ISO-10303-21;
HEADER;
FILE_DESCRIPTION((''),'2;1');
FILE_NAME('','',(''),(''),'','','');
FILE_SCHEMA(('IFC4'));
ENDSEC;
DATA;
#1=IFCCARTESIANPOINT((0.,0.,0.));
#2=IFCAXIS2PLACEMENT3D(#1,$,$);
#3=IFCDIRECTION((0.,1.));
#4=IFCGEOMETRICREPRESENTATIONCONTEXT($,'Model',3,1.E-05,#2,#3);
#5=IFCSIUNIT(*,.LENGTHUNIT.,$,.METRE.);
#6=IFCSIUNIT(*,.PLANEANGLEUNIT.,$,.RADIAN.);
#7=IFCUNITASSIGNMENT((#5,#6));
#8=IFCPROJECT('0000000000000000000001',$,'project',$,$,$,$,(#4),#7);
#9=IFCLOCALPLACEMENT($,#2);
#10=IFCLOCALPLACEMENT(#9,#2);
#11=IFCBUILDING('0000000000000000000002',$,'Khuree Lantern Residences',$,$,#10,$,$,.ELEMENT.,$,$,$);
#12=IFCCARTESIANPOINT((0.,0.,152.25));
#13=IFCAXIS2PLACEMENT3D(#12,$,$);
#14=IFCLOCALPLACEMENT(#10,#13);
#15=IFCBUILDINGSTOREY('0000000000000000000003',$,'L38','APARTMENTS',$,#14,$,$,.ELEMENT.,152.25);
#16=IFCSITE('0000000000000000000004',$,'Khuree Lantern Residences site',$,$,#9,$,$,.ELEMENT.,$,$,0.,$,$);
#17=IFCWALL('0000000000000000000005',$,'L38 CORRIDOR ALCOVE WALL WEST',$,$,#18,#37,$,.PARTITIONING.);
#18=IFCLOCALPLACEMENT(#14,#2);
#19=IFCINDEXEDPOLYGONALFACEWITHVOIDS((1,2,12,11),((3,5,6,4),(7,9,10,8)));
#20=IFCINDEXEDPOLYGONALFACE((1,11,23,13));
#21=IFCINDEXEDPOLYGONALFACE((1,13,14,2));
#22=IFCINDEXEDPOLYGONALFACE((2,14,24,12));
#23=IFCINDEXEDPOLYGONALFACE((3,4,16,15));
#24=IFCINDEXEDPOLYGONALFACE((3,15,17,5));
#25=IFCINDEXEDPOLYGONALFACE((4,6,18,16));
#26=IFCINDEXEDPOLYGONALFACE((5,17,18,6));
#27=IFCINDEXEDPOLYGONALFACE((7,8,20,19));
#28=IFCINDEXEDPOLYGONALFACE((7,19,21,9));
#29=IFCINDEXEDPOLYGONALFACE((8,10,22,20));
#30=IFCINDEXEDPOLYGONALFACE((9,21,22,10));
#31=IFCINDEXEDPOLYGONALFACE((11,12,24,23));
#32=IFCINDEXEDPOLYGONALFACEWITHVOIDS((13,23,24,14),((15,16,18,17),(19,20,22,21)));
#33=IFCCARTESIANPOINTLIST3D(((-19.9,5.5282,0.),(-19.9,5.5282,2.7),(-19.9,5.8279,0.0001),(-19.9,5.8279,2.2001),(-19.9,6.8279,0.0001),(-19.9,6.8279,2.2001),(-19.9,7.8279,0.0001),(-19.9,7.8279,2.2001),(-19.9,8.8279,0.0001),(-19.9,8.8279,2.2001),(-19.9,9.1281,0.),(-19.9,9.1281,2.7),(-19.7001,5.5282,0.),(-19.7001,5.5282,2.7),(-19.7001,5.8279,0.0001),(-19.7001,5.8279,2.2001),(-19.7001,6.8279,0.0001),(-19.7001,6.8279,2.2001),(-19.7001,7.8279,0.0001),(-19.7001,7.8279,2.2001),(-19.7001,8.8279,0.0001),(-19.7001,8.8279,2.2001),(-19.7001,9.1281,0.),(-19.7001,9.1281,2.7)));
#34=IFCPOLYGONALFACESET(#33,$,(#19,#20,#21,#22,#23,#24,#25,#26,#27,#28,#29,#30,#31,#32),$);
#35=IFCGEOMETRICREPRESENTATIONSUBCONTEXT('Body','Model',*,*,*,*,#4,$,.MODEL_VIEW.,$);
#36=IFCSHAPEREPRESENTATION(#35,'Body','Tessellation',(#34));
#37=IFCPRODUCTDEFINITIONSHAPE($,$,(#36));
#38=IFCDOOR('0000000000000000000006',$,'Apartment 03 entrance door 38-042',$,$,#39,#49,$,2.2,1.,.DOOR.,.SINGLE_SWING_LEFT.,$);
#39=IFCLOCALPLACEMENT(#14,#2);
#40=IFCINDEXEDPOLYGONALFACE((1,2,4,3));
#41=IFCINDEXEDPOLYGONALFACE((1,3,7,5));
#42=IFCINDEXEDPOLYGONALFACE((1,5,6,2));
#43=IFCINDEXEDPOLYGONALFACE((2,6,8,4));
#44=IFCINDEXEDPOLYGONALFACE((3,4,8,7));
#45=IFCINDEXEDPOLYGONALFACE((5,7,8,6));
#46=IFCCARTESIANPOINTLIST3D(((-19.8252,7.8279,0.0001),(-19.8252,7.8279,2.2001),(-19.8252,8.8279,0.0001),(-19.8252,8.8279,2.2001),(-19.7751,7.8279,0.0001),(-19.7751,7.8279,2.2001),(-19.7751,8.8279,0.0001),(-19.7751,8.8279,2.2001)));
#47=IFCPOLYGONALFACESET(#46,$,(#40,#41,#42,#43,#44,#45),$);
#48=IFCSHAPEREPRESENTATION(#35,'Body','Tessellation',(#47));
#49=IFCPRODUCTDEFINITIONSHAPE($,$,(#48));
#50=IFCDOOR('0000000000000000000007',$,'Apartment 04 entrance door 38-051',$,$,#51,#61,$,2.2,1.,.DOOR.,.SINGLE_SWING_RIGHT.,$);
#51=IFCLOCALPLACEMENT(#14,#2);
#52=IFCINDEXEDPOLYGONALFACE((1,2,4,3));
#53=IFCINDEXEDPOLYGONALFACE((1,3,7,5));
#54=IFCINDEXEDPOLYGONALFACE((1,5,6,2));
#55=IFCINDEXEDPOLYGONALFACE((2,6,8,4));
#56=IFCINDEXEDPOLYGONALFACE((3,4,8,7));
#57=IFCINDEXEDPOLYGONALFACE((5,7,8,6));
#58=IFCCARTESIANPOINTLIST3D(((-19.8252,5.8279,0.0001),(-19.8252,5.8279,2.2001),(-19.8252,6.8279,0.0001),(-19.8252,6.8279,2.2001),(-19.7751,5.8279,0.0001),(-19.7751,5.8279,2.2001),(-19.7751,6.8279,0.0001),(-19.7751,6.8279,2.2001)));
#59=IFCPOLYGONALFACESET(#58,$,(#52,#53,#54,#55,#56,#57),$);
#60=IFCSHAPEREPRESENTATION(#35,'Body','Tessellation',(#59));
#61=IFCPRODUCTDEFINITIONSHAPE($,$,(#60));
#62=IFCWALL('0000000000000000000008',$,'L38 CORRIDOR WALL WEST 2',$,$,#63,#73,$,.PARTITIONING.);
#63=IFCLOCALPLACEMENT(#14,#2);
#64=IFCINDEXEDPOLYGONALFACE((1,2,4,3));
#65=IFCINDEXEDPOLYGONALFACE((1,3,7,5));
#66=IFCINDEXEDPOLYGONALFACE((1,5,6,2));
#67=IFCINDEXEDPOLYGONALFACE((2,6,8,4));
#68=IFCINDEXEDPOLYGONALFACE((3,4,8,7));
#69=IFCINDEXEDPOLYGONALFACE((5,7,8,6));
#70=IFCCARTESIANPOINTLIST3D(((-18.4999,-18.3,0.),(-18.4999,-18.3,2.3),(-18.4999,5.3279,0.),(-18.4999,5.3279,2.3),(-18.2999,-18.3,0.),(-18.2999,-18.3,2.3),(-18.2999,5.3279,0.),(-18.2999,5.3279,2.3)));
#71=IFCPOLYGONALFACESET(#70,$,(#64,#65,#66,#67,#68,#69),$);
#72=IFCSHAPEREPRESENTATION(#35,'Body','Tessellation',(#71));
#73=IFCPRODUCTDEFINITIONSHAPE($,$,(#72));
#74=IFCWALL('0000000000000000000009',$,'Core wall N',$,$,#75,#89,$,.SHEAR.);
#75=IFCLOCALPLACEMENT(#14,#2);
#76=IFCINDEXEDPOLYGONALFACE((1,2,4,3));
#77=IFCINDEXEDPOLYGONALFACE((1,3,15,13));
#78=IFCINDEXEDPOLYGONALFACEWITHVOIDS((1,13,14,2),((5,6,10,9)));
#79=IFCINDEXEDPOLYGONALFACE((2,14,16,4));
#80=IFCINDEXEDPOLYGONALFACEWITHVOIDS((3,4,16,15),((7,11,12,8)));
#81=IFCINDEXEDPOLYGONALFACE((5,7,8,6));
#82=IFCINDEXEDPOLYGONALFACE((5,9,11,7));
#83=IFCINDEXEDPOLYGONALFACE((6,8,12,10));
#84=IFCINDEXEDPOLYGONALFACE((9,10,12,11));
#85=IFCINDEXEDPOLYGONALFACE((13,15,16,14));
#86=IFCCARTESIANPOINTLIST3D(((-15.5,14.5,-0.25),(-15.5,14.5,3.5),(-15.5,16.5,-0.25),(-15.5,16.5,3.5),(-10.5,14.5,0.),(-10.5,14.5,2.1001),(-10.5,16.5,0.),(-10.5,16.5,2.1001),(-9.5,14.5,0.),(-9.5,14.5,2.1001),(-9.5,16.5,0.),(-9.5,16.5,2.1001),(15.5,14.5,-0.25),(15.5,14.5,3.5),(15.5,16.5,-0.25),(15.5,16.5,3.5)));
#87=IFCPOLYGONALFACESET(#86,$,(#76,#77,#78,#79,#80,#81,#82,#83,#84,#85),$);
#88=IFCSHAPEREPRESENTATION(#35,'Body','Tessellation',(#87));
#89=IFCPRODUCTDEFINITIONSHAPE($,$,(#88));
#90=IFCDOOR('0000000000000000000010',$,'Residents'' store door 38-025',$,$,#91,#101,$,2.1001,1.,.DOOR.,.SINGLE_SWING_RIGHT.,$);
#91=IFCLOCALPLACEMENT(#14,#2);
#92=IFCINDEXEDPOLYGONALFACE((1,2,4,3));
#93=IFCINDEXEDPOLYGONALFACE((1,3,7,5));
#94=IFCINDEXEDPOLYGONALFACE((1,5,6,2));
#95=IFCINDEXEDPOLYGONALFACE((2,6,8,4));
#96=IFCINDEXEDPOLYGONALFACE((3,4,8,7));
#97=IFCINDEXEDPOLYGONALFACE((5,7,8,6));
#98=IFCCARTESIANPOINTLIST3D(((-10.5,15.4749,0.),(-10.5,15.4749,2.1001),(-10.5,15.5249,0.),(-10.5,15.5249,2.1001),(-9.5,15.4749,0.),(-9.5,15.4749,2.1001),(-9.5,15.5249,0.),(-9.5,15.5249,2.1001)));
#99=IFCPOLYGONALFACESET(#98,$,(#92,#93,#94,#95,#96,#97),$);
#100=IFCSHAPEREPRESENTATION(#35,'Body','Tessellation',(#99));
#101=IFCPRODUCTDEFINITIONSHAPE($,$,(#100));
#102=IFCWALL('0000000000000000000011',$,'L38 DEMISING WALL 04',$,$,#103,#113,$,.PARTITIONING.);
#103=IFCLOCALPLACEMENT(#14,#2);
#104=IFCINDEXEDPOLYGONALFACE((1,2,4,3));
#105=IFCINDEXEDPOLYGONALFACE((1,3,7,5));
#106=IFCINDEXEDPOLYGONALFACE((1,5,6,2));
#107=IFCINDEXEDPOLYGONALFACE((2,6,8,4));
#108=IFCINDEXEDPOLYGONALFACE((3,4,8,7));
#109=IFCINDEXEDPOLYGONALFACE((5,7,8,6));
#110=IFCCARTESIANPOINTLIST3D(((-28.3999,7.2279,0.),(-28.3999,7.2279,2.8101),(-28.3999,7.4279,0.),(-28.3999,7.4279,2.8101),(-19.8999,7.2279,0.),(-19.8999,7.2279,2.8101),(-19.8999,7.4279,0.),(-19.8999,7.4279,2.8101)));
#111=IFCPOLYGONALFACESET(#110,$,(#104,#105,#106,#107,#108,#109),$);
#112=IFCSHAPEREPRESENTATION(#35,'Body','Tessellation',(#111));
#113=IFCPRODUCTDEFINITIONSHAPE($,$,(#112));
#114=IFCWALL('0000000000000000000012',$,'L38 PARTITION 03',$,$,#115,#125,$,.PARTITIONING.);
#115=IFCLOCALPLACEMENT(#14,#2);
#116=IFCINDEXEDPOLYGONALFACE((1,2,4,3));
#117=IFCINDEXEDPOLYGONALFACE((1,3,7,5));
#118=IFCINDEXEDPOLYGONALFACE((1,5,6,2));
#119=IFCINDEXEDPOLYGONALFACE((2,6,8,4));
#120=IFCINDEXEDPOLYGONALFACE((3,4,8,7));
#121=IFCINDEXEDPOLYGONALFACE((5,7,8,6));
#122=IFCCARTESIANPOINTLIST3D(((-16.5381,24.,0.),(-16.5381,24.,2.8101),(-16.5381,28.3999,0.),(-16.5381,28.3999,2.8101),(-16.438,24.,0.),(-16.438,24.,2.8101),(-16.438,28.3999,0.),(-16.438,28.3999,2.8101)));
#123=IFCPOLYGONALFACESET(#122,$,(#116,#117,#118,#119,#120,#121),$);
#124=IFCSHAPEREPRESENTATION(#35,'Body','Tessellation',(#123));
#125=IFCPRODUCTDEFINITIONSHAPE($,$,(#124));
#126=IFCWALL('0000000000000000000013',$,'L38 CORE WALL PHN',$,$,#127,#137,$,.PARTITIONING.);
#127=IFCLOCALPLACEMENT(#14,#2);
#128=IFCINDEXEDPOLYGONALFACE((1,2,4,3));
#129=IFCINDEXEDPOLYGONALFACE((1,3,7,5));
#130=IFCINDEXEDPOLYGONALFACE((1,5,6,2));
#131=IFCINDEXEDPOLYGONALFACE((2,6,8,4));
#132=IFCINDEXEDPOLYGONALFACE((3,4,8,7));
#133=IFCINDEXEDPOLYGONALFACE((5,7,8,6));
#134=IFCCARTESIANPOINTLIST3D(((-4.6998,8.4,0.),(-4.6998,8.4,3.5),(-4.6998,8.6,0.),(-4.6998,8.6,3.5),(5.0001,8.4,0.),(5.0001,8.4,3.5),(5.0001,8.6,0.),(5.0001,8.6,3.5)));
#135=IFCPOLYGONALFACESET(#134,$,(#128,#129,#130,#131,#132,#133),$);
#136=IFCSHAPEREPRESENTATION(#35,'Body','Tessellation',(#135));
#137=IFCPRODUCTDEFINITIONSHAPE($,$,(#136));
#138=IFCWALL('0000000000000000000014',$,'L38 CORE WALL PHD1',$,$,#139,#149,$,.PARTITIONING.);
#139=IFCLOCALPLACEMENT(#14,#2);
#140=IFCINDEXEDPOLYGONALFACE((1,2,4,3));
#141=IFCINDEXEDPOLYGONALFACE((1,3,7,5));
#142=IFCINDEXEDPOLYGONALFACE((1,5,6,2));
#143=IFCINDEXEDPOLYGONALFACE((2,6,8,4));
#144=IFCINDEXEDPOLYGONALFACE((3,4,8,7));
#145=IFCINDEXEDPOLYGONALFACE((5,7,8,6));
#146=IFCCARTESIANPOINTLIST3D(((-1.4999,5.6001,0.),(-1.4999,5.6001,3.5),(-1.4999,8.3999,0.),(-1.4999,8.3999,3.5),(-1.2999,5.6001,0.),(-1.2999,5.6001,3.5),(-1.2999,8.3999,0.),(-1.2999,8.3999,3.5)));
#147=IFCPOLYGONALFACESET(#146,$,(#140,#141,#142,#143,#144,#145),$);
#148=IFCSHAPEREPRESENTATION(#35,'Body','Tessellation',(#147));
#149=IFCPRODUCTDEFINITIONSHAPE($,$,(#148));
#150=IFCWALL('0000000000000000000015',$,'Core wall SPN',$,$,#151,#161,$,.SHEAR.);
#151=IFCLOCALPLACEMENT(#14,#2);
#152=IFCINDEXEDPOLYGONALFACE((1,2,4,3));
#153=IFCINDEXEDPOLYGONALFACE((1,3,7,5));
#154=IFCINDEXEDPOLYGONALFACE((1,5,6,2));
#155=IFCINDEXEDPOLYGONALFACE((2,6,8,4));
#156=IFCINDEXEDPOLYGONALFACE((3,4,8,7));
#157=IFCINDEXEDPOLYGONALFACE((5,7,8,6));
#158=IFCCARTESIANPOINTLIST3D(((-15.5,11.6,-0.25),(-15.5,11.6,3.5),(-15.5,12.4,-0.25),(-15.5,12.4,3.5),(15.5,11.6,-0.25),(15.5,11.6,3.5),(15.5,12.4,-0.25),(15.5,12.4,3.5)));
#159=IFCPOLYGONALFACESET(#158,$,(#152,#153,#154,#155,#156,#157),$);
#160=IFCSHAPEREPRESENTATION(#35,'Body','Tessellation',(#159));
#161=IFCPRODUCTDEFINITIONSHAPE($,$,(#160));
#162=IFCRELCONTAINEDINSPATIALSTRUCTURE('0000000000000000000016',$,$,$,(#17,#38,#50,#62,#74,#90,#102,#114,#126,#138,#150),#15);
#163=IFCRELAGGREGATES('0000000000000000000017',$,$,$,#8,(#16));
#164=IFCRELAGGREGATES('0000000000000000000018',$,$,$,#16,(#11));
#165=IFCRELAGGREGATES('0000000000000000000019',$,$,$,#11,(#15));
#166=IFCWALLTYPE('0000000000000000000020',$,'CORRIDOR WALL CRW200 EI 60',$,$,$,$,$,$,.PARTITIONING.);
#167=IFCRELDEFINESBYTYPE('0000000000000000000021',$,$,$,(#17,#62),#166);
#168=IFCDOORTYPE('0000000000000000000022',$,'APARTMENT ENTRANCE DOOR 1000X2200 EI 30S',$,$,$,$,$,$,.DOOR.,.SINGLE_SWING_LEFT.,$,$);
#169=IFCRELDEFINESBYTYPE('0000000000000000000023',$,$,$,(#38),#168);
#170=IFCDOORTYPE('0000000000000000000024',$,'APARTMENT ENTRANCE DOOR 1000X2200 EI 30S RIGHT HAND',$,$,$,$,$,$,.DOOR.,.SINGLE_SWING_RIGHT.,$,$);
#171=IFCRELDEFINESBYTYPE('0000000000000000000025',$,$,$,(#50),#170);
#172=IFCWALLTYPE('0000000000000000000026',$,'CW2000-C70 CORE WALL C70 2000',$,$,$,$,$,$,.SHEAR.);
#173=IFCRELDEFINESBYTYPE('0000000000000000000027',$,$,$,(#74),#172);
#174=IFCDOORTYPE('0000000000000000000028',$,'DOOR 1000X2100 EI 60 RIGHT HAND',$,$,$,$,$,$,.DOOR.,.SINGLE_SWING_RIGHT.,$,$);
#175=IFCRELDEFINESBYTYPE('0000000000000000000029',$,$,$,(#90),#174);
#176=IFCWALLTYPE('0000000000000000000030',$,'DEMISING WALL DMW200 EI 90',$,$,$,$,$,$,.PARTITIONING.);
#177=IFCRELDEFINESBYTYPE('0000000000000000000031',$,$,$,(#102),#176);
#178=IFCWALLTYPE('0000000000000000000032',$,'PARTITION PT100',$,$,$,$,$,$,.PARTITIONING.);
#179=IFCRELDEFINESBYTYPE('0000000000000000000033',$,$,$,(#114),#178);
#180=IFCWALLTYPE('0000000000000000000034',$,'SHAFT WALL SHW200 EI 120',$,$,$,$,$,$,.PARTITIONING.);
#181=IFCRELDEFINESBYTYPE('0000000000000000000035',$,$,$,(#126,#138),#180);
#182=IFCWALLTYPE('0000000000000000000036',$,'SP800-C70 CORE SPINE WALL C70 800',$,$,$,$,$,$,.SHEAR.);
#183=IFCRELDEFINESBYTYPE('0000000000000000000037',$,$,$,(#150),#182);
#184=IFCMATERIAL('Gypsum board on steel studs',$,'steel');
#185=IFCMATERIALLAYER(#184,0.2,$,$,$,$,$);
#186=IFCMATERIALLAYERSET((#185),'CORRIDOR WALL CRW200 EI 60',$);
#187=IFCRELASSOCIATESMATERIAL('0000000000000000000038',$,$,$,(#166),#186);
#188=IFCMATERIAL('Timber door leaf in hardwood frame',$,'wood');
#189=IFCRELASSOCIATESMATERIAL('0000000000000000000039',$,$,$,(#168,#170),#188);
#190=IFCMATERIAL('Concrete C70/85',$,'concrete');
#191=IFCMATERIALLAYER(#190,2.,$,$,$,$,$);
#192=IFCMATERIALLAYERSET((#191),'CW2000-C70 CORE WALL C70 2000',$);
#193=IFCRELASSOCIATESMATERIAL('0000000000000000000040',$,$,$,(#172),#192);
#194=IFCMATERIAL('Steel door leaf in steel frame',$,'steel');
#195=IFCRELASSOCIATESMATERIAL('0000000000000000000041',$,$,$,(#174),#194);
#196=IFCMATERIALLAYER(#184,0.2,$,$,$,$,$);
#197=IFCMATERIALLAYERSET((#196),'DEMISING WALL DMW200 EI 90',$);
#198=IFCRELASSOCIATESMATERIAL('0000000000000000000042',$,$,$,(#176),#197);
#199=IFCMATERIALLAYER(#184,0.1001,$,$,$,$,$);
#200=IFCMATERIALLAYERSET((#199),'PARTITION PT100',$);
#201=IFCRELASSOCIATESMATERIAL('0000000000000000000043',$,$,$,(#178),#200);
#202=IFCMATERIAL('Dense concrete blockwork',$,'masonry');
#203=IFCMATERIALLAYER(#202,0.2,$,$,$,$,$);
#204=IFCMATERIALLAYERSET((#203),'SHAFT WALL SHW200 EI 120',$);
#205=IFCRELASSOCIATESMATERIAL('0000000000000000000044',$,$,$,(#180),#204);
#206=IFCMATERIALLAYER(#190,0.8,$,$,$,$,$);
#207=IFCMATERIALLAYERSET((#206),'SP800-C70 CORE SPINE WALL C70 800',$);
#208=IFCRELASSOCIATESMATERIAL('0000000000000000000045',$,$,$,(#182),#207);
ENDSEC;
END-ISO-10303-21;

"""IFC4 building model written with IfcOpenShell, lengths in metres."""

from ifc_helpers import new_model, si_unit, direction, frame, frame_2d, origin, place, context, subcontext, project, spatial, rectangle, extrude, material, layer, layer_set, type_object, element, fill, save


model = new_model("IFC4")

# Units and contexts
model_context = context("Model", 3, precision=1e-05, world=origin(), true_north=direction((0.0, 1.0)))
body_context = subcontext(model_context, "Body", "Model", "MODEL_VIEW")
ifc_project = project(units=[si_unit("LENGTHUNIT", "METRE"), si_unit("PLANEANGLEUNIT", "RADIAN")], contexts=[model_context])

# Site, building, storey
site_placement = place(None, origin())
site = spatial("IfcSite", under=ifc_project, at=site_placement, Name="Khuree Lantern Residences site", CompositionType="ELEMENT", RefElevation=0.0)
building_placement = place(site_placement, origin())
building = spatial("IfcBuilding", under=site, at=building_placement, Name="Khuree Lantern Residences", CompositionType="ELEMENT")
storey_placement = place(building_placement, frame((0.0, 0.0, 152.25)))
storey = spatial("IfcBuildingStorey", under=building, at=storey_placement, Name="L38", Description="APARTMENTS", CompositionType="ELEMENT", Elevation=152.25)

# Shared definitions
ifc_material_1 = material(Name="Concrete C70/85", Category="concrete")

# Shared definitions
ifc_material_2 = material(Name="Dense concrete blockwork", Category="masonry")

# Shared definitions
ifc_material_3 = material(Name="Steel door leaf in steel frame", Category="steel")
ifc_material_4 = material(Name="Timber door leaf in hardwood frame", Category="wood")

# Shared definitions
ifc_material_5 = material(Name="Gypsum board on steel studs", Category="steel")
ifc_layer_1 = layer(ifc_material_5, 0.2)
ifc_layer_set_1 = layer_set([ifc_layer_1], Name="CORRIDOR WALL CRW200 EI 60")
wall_type_1 = type_object("IfcWallType", Name="CORRIDOR WALL CRW200 EI 60", PredefinedType="PARTITIONING", material=ifc_layer_set_1)

# Wall, openings, doors
wall_1_placement = place(storey_placement, frame((-19.8, 9.1279, 0.0), z_axis=(0.0, 0.0, 1.0), x_axis=(0.0, -1.0, 0.0)))
wall_1 = element("IfcWall", 1, at=wall_1_placement, inside=storey, type_object=wall_type_1, Name="L38 CORRIDOR ALCOVE WALL WEST", PredefinedType="PARTITIONING", context=body_context, shape_type="SweptSolid", body=[
    extrude(rectangle(XDim=3.5999, YDim=0.2, at=frame_2d((1.7998, 0.0))), origin(), (0.0, 0.0, 1.0), 2.7),
])
opening_1_placement = place(wall_1_placement, frame((0.3, 0.0, 0.0)))
opening_1 = element("IfcOpeningElement", 2, at=opening_1_placement, cuts=wall_1, PredefinedType="OPENING", context=body_context, shape_type="SweptSolid", body=[
    extrude(rectangle(XDim=1.0, YDim=2.2, at=frame_2d((0.5, 1.1001))), frame((0.0, 0.1099, 0.0), z_axis=(0.0, -1.0, 0.0), x_axis=(1.0, 0.0, 0.0)), (0.0, 0.0, 1.0), 0.22),
])
opening_2_placement = place(wall_1_placement, frame((2.3, 0.0, 0.0)))
opening_2 = element("IfcOpeningElement", 3, at=opening_2_placement, cuts=wall_1, PredefinedType="OPENING", context=body_context, shape_type="SweptSolid", body=[
    extrude(rectangle(XDim=1.0, YDim=2.2, at=frame_2d((0.5, 1.1001))), frame((0.0, 0.1099, 0.0), z_axis=(0.0, -1.0, 0.0), x_axis=(1.0, 0.0, 0.0)), (0.0, 0.0, 1.0), 0.22),
])
door_type_1 = type_object("IfcDoorType", Name="APARTMENT ENTRANCE DOOR 1000X2200 EI 30S", OperationType="SINGLE_SWING_LEFT", PredefinedType="DOOR", material=ifc_material_4)
door_1_placement = place(opening_1_placement, origin())
door_1 = element("IfcDoor", 4, at=door_1_placement, inside=storey, type_object=door_type_1, Name="Apartment 03 entrance door 38-042", OperationType="SINGLE_SWING_LEFT", OverallHeight=2.2, OverallWidth=1.0, PredefinedType="DOOR", context=body_context, shape_type="SweptSolid", body=[
    extrude(rectangle(XDim=1.0, YDim=2.2, at=frame_2d((0.5, 1.1001))), frame((0.0, 0.0249, 0.0), z_axis=(0.0, -1.0, 0.0), x_axis=(1.0, 0.0, 0.0)), (0.0, 0.0, 1.0), 0.05),
])
fill(opening_1, door_1)
door_type_2 = type_object("IfcDoorType", Name="APARTMENT ENTRANCE DOOR 1000X2200 EI 30S RIGHT HAND", OperationType="SINGLE_SWING_RIGHT", PredefinedType="DOOR", material=ifc_material_4)
door_2_placement = place(opening_2_placement, origin())
door_2 = element("IfcDoor", 5, at=door_2_placement, inside=storey, type_object=door_type_2, Name="Apartment 04 entrance door 38-051", OperationType="SINGLE_SWING_RIGHT", OverallHeight=2.2, OverallWidth=1.0, PredefinedType="DOOR", context=body_context, shape_type="SweptSolid", body=[
    extrude(rectangle(XDim=1.0, YDim=2.2, at=frame_2d((0.5, 1.1001))), frame((0.0, 0.0249, 0.0), z_axis=(0.0, -1.0, 0.0), x_axis=(1.0, 0.0, 0.0)), (0.0, 0.0, 1.0), 0.05),
])
fill(opening_2, door_2)

# Wall
wall_2_placement = place(storey_placement, frame((-18.3999, 5.3279, 0.0), z_axis=(0.0, 0.0, 1.0), x_axis=(0.0, -1.0, 0.0)))
element("IfcWall", 6, at=wall_2_placement, inside=storey, type_object=wall_type_1, Name="L38 CORRIDOR WALL WEST 2", PredefinedType="PARTITIONING", context=body_context, shape_type="SweptSolid", body=[
    extrude(rectangle(XDim=23.6279, YDim=0.2, at=frame_2d((11.814, 0.0))), origin(), (0.0, 0.0, 1.0), 2.3),
])

# Wall, opening, door
ifc_layer_2 = layer(ifc_material_1, 2.0)
ifc_layer_set_2 = layer_set([ifc_layer_2], Name="CW2000-C70 CORE WALL C70 2000")
wall_type_2 = type_object("IfcWallType", Name="CW2000-C70 CORE WALL C70 2000", PredefinedType="SHEAR", material=ifc_layer_set_2)
wall_3_placement = place(storey_placement, frame((-15.5, 15.5, -0.25), z_axis=(0.0, 0.0, 1.0), x_axis=(1.0, 0.0, 0.0)))
wall_3 = element("IfcWall", 7, at=wall_3_placement, inside=storey, type_object=wall_type_2, Name="Core wall N", PredefinedType="SHEAR", context=body_context, shape_type="SweptSolid", body=[
    extrude(rectangle(XDim=31.0, YDim=2.0, at=frame_2d((15.5, 0.0))), origin(), (0.0, 0.0, 1.0), 3.75),
])
opening_3_placement = place(wall_3_placement, frame((5.0, 0.0, 0.25)))
opening_3 = element("IfcOpeningElement", 8, at=opening_3_placement, cuts=wall_3, PredefinedType="OPENING", context=body_context, shape_type="SweptSolid", body=[
    extrude(rectangle(XDim=1.0, YDim=2.1001, at=frame_2d((0.5, 1.05))), frame((0.0, 1.01, 0.0), z_axis=(0.0, -1.0, 0.0), x_axis=(1.0, 0.0, 0.0)), (0.0, 0.0, 1.0), 2.02),
])
door_type_3 = type_object("IfcDoorType", Name="DOOR 1000X2100 EI 60 RIGHT HAND", OperationType="SINGLE_SWING_RIGHT", PredefinedType="DOOR", material=ifc_material_3)
door_3_placement = place(opening_3_placement, origin())
door_3 = element("IfcDoor", 9, at=door_3_placement, inside=storey, type_object=door_type_3, Name="Residents' store door 38-025", OperationType="SINGLE_SWING_RIGHT", OverallHeight=2.1001, OverallWidth=1.0, PredefinedType="DOOR", context=body_context, shape_type="SweptSolid", body=[
    extrude(rectangle(XDim=1.0, YDim=2.1001, at=frame_2d((0.5, 1.05))), frame((0.0, 0.0249, 0.0), z_axis=(0.0, -1.0, 0.0), x_axis=(1.0, 0.0, 0.0)), (0.0, 0.0, 1.0), 0.05),
])
fill(opening_3, door_3)

# Walls
ifc_layer_3 = layer(ifc_material_5, 0.2)
ifc_layer_set_3 = layer_set([ifc_layer_3], Name="DEMISING WALL DMW200 EI 90")
wall_type_3 = type_object("IfcWallType", Name="DEMISING WALL DMW200 EI 90", PredefinedType="PARTITIONING", material=ifc_layer_set_3)
wall_4_placement = place(storey_placement, frame((-19.8999, 7.3279, 0.0), z_axis=(0.0, 0.0, 1.0), x_axis=(-1.0, 0.0, 0.0)))
element("IfcWall", 10, at=wall_4_placement, inside=storey, type_object=wall_type_3, Name="L38 DEMISING WALL 04", PredefinedType="PARTITIONING", context=body_context, shape_type="SweptSolid", body=[
    extrude(rectangle(XDim=8.5, YDim=0.2, at=frame_2d((4.25, 0.0))), origin(), (0.0, 0.0, 1.0), 2.8101),
])
ifc_layer_4 = layer(ifc_material_5, 0.1001)
ifc_layer_set_4 = layer_set([ifc_layer_4], Name="PARTITION PT100")
wall_type_4 = type_object("IfcWallType", Name="PARTITION PT100", PredefinedType="PARTITIONING", material=ifc_layer_set_4)
wall_5_placement = place(storey_placement, frame((-16.488, 24.0, 0.0), z_axis=(0.0, 0.0, 1.0), x_axis=(0.0, 1.0, 0.0)))
element("IfcWall", 11, at=wall_5_placement, inside=storey, type_object=wall_type_4, Name="L38 PARTITION 03", PredefinedType="PARTITIONING", context=body_context, shape_type="SweptSolid", body=[
    extrude(rectangle(XDim=4.3999, YDim=0.1001, at=frame_2d((2.2, 0.0))), origin(), (0.0, 0.0, 1.0), 2.8101),
])
ifc_layer_5 = layer(ifc_material_2, 0.2)
ifc_layer_set_5 = layer_set([ifc_layer_5], Name="SHAFT WALL SHW200 EI 120")
wall_type_5 = type_object("IfcWallType", Name="SHAFT WALL SHW200 EI 120", PredefinedType="PARTITIONING", material=ifc_layer_set_5)
wall_6_placement = place(storey_placement, frame((-4.7, 8.5, 0.0), z_axis=(0.0, 0.0, 1.0), x_axis=(1.0, 0.0, 0.0)))
element("IfcWall", 12, at=wall_6_placement, inside=storey, type_object=wall_type_5, Name="L38 CORE WALL PHN", PredefinedType="PARTITIONING", context=body_context, shape_type="SweptSolid", body=[
    extrude(rectangle(XDim=9.7, YDim=0.2, at=frame_2d((4.8501, 0.0))), origin(), (0.0, 0.0, 1.0), 3.5),
])
wall_7_placement = place(storey_placement, frame((-1.3999, 5.6001, 0.0), z_axis=(0.0, 0.0, 1.0), x_axis=(0.0, 1.0, 0.0)))
element("IfcWall", 13, at=wall_7_placement, inside=storey, type_object=wall_type_5, Name="L38 CORE WALL PHD1", PredefinedType="PARTITIONING", context=body_context, shape_type="SweptSolid", body=[
    extrude(rectangle(XDim=2.7998, YDim=0.2, at=frame_2d((1.3999, 0.0))), origin(), (0.0, 0.0, 1.0), 3.5),
])
ifc_layer_6 = layer(ifc_material_1, 0.8)
ifc_layer_set_6 = layer_set([ifc_layer_6], Name="SP800-C70 CORE SPINE WALL C70 800")
wall_type_6 = type_object("IfcWallType", Name="SP800-C70 CORE SPINE WALL C70 800", PredefinedType="SHEAR", material=ifc_layer_set_6)
wall_8_placement = place(storey_placement, frame((-15.5, 12.0, -0.25), z_axis=(0.0, 0.0, 1.0), x_axis=(1.0, 0.0, 0.0)))
element("IfcWall", 14, at=wall_8_placement, inside=storey, type_object=wall_type_6, Name="Core wall SPN", PredefinedType="SHEAR", context=body_context, shape_type="SweptSolid", body=[
    extrude(rectangle(XDim=31.0, YDim=0.8, at=frame_2d((15.5, 0.0))), origin(), (0.0, 0.0, 1.0), 3.75),
])

save(model, "model.ifc")
